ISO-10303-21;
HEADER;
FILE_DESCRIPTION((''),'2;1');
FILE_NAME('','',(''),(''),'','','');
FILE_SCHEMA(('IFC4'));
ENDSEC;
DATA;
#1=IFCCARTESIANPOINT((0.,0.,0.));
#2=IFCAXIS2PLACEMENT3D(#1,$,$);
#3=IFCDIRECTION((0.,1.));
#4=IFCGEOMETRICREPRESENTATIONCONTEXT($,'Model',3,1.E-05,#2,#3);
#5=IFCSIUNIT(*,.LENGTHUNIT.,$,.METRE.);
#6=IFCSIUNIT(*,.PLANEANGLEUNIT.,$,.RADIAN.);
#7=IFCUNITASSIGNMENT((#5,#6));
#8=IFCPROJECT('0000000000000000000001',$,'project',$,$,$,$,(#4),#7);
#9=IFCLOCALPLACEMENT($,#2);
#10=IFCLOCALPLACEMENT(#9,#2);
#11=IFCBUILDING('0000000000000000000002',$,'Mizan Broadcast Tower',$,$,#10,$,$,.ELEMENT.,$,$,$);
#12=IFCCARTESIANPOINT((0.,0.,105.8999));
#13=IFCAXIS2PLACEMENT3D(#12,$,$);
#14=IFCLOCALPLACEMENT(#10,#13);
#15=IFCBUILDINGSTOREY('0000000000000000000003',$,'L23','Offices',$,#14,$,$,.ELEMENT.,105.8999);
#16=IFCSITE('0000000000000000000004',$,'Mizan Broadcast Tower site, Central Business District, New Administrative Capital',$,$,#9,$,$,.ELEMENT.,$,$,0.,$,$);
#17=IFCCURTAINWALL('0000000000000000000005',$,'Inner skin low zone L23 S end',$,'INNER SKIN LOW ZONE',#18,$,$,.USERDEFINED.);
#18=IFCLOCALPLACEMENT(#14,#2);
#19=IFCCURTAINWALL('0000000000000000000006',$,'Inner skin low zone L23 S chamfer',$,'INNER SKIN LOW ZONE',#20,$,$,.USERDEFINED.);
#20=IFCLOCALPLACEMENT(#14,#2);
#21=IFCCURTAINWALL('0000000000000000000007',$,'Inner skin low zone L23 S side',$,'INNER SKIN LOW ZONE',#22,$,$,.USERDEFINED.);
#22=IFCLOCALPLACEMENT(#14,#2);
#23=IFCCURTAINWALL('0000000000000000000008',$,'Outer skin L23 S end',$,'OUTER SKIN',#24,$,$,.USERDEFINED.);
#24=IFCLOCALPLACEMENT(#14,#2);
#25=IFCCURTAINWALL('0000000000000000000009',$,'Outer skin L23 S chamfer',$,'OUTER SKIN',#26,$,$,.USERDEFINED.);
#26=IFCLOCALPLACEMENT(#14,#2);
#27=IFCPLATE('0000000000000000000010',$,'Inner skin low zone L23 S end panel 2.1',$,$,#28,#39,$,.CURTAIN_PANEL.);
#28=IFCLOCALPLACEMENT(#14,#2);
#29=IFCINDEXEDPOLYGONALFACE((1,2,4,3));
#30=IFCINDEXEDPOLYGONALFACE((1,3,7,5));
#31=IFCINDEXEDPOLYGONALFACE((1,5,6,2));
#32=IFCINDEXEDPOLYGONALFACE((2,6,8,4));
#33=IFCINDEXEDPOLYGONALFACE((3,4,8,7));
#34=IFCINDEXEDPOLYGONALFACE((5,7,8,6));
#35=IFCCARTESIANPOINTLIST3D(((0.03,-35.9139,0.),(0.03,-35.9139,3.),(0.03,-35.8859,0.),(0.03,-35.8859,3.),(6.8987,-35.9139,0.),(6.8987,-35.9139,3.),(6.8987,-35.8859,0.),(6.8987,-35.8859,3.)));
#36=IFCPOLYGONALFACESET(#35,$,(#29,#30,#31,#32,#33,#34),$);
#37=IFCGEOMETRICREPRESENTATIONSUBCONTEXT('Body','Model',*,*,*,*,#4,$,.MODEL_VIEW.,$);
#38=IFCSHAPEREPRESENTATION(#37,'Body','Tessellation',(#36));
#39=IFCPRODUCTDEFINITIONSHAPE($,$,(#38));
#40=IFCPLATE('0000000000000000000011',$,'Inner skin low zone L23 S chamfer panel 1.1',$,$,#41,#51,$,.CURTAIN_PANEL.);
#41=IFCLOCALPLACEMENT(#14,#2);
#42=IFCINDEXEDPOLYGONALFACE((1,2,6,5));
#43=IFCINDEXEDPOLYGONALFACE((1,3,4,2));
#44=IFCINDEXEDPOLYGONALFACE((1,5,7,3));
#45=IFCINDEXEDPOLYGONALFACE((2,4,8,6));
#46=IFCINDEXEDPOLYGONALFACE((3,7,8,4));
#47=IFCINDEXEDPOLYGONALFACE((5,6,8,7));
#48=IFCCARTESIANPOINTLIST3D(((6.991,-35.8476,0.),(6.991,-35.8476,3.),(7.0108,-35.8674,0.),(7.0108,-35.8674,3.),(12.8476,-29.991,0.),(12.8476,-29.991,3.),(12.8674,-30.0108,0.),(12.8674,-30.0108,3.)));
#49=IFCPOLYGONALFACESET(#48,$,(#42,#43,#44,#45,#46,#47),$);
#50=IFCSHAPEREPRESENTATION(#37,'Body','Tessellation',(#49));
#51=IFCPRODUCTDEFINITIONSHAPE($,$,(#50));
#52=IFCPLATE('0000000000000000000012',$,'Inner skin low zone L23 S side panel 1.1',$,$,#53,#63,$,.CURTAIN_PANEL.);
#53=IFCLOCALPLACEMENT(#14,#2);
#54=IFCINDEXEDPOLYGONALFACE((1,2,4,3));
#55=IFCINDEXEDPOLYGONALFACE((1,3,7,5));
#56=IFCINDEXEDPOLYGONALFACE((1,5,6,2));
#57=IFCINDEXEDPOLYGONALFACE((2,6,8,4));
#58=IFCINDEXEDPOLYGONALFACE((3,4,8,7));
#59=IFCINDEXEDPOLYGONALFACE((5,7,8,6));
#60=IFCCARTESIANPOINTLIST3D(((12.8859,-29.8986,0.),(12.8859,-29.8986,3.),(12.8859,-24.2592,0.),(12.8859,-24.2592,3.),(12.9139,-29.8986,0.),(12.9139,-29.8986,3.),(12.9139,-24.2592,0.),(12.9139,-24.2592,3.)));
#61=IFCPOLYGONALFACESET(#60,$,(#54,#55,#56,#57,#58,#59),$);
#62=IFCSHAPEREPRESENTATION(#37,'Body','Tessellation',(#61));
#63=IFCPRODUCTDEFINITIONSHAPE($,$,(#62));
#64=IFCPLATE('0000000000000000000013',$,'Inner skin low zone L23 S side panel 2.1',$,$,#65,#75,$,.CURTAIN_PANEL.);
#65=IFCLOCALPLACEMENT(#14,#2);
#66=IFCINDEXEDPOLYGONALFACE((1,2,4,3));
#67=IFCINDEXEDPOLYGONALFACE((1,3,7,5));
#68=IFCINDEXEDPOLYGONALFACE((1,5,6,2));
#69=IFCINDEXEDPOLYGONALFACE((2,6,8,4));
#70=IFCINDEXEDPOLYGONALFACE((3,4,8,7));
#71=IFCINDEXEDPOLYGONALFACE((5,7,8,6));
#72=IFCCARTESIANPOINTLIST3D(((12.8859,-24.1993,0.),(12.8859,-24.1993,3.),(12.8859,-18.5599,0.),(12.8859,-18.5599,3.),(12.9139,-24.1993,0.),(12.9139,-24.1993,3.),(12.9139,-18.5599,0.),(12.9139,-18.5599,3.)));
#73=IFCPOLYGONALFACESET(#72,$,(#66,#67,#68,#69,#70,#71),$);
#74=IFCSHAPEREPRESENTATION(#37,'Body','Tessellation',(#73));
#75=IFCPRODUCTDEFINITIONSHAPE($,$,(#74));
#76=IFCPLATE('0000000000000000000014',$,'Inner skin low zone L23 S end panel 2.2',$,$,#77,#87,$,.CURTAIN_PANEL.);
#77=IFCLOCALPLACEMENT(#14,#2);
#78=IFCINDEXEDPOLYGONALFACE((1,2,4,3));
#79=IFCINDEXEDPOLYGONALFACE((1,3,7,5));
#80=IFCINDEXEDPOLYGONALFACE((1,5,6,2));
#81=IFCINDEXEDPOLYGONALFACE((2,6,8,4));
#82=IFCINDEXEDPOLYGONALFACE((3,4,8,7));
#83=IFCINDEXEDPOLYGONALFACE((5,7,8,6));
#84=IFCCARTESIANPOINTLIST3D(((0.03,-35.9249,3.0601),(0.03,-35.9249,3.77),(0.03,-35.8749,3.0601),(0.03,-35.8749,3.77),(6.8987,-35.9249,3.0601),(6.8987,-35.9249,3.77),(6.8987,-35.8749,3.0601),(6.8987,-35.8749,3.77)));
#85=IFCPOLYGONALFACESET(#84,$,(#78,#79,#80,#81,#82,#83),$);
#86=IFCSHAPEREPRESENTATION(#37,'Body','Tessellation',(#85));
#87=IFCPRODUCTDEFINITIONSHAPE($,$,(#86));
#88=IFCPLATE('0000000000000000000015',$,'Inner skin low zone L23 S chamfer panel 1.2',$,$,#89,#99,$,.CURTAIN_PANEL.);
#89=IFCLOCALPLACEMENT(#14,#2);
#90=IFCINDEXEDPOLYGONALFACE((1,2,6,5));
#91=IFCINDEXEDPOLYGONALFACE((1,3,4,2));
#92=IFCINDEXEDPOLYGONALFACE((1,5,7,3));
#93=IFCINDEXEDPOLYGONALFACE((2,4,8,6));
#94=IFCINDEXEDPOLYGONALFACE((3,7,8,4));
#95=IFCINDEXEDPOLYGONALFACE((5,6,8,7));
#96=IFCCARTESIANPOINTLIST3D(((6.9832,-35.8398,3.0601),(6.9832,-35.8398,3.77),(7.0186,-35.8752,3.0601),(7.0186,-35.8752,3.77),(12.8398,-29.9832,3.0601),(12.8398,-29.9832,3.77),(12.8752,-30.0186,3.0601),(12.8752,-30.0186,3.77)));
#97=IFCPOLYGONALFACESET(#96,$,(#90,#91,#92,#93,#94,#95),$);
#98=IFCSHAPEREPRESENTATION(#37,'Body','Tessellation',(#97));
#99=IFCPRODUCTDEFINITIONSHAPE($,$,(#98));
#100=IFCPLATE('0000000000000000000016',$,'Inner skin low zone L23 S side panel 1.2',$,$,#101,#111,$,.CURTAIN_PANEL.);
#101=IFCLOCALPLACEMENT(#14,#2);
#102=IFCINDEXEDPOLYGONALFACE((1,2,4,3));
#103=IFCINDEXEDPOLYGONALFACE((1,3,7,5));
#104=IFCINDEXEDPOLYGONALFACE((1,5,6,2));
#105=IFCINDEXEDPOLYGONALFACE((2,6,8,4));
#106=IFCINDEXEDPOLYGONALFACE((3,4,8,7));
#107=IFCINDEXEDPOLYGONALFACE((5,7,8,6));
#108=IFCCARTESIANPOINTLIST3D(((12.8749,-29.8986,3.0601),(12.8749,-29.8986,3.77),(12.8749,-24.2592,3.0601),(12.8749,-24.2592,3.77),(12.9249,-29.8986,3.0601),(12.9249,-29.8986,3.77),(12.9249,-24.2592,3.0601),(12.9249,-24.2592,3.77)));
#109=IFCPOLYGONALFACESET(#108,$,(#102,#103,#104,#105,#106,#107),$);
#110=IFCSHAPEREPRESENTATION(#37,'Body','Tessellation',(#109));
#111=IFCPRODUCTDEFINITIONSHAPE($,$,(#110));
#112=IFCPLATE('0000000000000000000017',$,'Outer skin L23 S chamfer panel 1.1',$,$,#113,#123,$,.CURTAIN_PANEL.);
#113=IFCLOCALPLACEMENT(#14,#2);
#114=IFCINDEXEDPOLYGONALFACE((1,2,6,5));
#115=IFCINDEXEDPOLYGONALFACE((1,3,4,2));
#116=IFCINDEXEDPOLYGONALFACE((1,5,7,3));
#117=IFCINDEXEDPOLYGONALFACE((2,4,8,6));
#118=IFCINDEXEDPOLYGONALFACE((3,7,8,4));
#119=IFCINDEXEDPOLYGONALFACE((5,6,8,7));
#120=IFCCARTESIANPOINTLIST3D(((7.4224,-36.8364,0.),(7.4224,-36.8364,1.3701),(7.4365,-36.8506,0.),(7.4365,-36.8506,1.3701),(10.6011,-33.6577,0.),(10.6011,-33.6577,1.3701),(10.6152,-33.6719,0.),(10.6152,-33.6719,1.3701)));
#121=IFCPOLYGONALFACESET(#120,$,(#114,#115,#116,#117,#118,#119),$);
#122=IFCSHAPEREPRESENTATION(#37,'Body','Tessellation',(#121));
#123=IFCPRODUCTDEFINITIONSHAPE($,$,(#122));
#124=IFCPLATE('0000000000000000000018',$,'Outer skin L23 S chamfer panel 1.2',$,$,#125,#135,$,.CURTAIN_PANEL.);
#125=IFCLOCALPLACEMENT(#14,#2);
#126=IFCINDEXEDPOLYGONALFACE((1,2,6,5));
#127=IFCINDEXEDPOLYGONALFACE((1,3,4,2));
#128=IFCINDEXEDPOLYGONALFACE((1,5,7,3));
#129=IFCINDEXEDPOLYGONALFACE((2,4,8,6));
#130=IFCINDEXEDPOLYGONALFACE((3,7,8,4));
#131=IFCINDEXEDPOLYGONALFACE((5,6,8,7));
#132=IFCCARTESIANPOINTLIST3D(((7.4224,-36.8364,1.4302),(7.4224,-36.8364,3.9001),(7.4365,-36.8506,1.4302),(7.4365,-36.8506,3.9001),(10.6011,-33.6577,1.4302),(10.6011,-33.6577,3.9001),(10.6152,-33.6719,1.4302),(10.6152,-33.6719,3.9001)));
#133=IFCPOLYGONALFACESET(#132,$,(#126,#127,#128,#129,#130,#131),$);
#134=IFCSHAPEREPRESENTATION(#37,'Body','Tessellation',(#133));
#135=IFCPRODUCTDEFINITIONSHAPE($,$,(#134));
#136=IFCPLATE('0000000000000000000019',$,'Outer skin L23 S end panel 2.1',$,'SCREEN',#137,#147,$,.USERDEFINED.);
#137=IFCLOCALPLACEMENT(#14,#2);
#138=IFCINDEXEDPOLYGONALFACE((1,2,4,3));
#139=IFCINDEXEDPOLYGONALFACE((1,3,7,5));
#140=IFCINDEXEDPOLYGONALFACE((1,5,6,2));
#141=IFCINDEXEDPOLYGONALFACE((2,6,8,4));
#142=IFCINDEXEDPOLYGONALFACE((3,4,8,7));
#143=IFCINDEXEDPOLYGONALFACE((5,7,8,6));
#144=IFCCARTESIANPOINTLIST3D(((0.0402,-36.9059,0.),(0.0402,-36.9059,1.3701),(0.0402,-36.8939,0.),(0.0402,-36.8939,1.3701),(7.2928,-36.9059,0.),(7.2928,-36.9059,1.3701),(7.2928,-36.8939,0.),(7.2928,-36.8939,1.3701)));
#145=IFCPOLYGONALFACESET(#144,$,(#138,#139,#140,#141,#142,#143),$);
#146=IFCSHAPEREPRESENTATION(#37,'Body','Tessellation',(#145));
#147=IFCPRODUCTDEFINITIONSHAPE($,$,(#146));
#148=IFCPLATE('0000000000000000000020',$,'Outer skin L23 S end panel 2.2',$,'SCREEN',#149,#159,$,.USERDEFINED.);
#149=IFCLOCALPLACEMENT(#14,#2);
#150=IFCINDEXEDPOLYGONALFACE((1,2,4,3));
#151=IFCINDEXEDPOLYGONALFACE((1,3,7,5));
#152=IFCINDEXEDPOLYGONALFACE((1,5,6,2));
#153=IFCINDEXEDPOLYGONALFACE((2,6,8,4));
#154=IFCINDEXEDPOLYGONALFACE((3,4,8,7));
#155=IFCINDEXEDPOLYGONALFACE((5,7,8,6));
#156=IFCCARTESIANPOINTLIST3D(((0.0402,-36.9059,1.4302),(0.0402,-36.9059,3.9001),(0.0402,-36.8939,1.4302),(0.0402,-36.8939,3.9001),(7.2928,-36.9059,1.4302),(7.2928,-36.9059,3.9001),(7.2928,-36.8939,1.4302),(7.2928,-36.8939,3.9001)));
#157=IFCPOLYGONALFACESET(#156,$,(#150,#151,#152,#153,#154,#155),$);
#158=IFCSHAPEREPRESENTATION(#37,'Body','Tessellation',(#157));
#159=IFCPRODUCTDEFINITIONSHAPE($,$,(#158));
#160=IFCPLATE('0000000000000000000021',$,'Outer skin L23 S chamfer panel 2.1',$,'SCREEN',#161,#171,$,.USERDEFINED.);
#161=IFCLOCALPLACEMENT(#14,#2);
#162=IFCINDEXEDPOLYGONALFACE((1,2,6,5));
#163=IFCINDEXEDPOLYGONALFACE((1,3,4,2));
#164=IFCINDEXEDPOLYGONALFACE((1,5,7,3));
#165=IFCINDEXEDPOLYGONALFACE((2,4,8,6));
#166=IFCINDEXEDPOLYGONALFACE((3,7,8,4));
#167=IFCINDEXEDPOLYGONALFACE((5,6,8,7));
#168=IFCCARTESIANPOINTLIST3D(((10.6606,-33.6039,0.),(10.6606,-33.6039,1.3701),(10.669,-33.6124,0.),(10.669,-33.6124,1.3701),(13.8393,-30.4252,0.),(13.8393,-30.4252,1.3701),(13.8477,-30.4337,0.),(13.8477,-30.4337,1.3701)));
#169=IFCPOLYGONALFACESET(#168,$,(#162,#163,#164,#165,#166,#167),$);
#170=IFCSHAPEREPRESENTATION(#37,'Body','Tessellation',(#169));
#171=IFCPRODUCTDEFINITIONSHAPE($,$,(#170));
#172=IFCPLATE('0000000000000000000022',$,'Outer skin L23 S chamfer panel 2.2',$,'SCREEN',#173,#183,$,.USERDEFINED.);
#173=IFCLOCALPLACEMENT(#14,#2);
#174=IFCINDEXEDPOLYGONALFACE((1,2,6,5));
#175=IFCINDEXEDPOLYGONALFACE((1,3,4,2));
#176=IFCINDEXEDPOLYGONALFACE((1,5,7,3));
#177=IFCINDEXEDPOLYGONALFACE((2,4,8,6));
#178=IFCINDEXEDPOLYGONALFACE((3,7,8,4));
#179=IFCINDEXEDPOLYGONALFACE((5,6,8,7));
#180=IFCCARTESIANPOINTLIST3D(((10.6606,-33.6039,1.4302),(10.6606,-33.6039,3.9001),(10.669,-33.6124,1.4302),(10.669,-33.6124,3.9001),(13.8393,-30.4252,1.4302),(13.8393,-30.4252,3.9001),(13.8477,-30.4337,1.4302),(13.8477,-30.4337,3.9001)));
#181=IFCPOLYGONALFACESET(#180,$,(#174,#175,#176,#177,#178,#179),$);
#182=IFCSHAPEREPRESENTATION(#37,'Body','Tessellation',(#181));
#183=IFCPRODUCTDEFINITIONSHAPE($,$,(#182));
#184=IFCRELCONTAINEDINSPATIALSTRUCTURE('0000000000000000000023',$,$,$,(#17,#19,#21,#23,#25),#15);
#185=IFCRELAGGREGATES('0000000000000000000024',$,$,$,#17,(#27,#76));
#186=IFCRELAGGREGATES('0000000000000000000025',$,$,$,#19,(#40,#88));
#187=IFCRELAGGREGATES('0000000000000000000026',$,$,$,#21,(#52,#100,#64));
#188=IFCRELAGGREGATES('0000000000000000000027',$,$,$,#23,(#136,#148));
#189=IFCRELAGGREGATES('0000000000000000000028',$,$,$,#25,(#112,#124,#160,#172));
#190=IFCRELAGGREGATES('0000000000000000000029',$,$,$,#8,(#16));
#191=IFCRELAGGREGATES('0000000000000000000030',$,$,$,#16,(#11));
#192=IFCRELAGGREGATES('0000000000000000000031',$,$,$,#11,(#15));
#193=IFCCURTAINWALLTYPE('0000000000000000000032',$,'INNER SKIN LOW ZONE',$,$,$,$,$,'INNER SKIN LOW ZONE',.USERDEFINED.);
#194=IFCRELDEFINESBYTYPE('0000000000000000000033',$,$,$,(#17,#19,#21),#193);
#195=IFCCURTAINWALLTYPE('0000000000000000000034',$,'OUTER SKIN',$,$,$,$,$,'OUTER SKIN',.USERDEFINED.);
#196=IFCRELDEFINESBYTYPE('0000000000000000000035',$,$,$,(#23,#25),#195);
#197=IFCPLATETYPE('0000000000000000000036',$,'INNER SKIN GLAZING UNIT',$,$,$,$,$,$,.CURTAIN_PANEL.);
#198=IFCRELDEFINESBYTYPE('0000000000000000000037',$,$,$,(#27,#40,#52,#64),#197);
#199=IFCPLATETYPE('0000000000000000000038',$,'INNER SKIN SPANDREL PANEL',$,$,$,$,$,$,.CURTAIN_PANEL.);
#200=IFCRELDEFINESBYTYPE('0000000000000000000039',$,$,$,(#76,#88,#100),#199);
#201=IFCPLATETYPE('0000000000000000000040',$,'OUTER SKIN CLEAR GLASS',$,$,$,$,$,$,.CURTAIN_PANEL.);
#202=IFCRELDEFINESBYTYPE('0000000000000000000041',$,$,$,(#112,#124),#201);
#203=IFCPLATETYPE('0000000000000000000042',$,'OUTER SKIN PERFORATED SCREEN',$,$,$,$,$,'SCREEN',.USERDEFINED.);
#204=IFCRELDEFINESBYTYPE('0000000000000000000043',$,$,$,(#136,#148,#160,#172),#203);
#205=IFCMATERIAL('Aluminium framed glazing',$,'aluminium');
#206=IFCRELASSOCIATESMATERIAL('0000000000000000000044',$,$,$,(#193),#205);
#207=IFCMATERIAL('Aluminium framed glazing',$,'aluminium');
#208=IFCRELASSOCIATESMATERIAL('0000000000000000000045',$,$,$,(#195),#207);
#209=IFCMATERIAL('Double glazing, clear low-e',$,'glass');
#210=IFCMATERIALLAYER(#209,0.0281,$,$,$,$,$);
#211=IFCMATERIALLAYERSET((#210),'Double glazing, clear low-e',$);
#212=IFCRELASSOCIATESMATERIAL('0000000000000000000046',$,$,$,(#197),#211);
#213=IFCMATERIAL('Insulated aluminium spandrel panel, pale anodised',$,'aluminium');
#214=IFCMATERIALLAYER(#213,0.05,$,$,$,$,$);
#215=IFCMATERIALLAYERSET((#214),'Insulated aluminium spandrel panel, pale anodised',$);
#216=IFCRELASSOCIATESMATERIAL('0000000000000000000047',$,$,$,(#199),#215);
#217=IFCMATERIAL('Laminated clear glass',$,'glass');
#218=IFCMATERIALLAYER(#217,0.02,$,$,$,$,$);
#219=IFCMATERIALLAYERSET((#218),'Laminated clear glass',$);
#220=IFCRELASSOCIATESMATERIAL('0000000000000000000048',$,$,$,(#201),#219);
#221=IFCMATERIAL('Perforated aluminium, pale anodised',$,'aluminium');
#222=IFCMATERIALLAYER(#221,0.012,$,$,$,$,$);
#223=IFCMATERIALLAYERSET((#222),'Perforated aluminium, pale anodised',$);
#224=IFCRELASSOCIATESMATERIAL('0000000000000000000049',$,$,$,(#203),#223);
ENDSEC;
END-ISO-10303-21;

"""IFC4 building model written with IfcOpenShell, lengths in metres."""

from ifc_helpers import new_model, si_unit, direction, frame, origin, origin_2d, place, context, subcontext, project, spatial, rectangle, extrude, material, layer, layer_set, type_object, element, aggregate, save


model = new_model("IFC4")

# Units and contexts
model_context = context("Model", 3, precision=1e-05, world=origin(), true_north=direction((0.0, 1.0)))
body_context = subcontext(model_context, "Body", "Model", "MODEL_VIEW")
ifc_project = project(units=[si_unit("LENGTHUNIT", "METRE"), si_unit("PLANEANGLEUNIT", "RADIAN")], contexts=[model_context])

# Site, building, storey
site_placement = place(None, origin())
site = spatial("IfcSite", under=ifc_project, at=site_placement, Name="Mizan Broadcast Tower site, Central Business District, New Administrative Capital", CompositionType="ELEMENT", RefElevation=0.0)
building_placement = place(site_placement, origin())
building = spatial("IfcBuilding", under=site, at=building_placement, Name="Mizan Broadcast Tower", CompositionType="ELEMENT")
storey_placement = place(building_placement, frame((0.0, 0.0, 105.8999)))
storey = spatial("IfcBuildingStorey", under=building, at=storey_placement, Name="L23", Description="Offices", CompositionType="ELEMENT", Elevation=105.8999)

# Curtain wall
ifc_material_1 = material(Name="Aluminium framed glazing", Category="aluminium")
curtain_wall_type_1 = type_object("IfcCurtainWallType", Name="INNER SKIN LOW ZONE", ElementType="INNER SKIN LOW ZONE", PredefinedType="USERDEFINED", material=ifc_material_1)
curtain_wall_1_placement = place(storey_placement, origin())
curtain_wall_1 = element("IfcCurtainWall", 1, at=curtain_wall_1_placement, inside=storey, type_object=curtain_wall_type_1, Name="Inner skin low zone L23 S end", ObjectType="INNER SKIN LOW ZONE", PredefinedType="USERDEFINED")

# Curtain walls
curtain_wall_2_placement = place(storey_placement, origin())
curtain_wall_2 = element("IfcCurtainWall", 2, at=curtain_wall_2_placement, inside=storey, type_object=curtain_wall_type_1, Name="Inner skin low zone L23 S chamfer", ObjectType="INNER SKIN LOW ZONE", PredefinedType="USERDEFINED")
curtain_wall_3_placement = place(storey_placement, origin())
curtain_wall_3 = element("IfcCurtainWall", 3, at=curtain_wall_3_placement, inside=storey, type_object=curtain_wall_type_1, Name="Inner skin low zone L23 S side", ObjectType="INNER SKIN LOW ZONE", PredefinedType="USERDEFINED")

# Curtain wall
ifc_material_2 = material(Name="Aluminium framed glazing", Category="aluminium")
curtain_wall_type_2 = type_object("IfcCurtainWallType", Name="OUTER SKIN", ElementType="OUTER SKIN", PredefinedType="USERDEFINED", material=ifc_material_2)
curtain_wall_4_placement = place(storey_placement, origin())
curtain_wall_4 = element("IfcCurtainWall", 4, at=curtain_wall_4_placement, inside=storey, type_object=curtain_wall_type_2, Name="Outer skin L23 S end", ObjectType="OUTER SKIN", PredefinedType="USERDEFINED")

# Curtain wall
curtain_wall_5_placement = place(storey_placement, origin())
curtain_wall_5 = element("IfcCurtainWall", 5, at=curtain_wall_5_placement, inside=storey, type_object=curtain_wall_type_2, Name="Outer skin L23 S chamfer", ObjectType="OUTER SKIN", PredefinedType="USERDEFINED")

# Plates
ifc_material_3 = material(Name="Double glazing, clear low-e", Category="glass")
ifc_layer_1 = layer(ifc_material_3, 0.0281)
ifc_layer_set_1 = layer_set([ifc_layer_1], Name="Double glazing, clear low-e")
plate_type_1 = type_object("IfcPlateType", Name="INNER SKIN GLAZING UNIT", PredefinedType="CURTAIN_PANEL", material=ifc_layer_set_1)
plate_1_placement = place(storey_placement, frame((3.4644, -35.8999, 0.0), z_axis=(0.0, 0.0, 1.0), x_axis=(1.0, 0.0, 0.0)))
plate_1 = element("IfcPlate", 6, at=plate_1_placement, type_object=plate_type_1, Name="Inner skin low zone L23 S end panel 2.1", PredefinedType="CURTAIN_PANEL", context=body_context, shape_type="SweptSolid", body=[
    extrude(rectangle(XDim=6.8687, YDim=0.0281, at=origin_2d()), origin(), (0.0, 0.0, 1.0), 3.0),
])
plate_2_placement = place(storey_placement, frame((9.9292, -32.9292, 0.0), z_axis=(0.0, 0.0, 1.0), x_axis=(0.707107, 0.707107, 0.0)))
plate_2 = element("IfcPlate", 7, at=plate_2_placement, type_object=plate_type_1, Name="Inner skin low zone L23 S chamfer panel 1.1", PredefinedType="CURTAIN_PANEL", context=body_context, shape_type="SweptSolid", body=[
    extrude(rectangle(XDim=8.2825, YDim=0.0281, at=origin_2d()), origin(), (0.0, 0.0, 1.0), 3.0),
])
plate_3_placement = place(storey_placement, frame((12.8999, -27.0789, 0.0), z_axis=(0.0, 0.0, 1.0), x_axis=(0.0, 1.0, 0.0)))
plate_3 = element("IfcPlate", 8, at=plate_3_placement, type_object=plate_type_1, Name="Inner skin low zone L23 S side panel 1.1", PredefinedType="CURTAIN_PANEL", context=body_context, shape_type="SweptSolid", body=[
    extrude(rectangle(XDim=5.6394, YDim=0.0281, at=origin_2d()), origin(), (0.0, 0.0, 1.0), 3.0),
])
plate_4_placement = place(storey_placement, frame((12.8999, -21.3796, 0.0), z_axis=(0.0, 0.0, 1.0), x_axis=(0.0, 1.0, 0.0)))
plate_4 = element("IfcPlate", 9, at=plate_4_placement, type_object=plate_type_1, Name="Inner skin low zone L23 S side panel 2.1", PredefinedType="CURTAIN_PANEL", context=body_context, shape_type="SweptSolid", body=[
    extrude(rectangle(XDim=5.6394, YDim=0.0281, at=origin_2d()), origin(), (0.0, 0.0, 1.0), 3.0),
])
ifc_material_4 = material(Name="Insulated aluminium spandrel panel, pale anodised", Category="aluminium")
ifc_layer_2 = layer(ifc_material_4, 0.05)
ifc_layer_set_2 = layer_set([ifc_layer_2], Name="Insulated aluminium spandrel panel, pale anodised")
plate_type_2 = type_object("IfcPlateType", Name="INNER SKIN SPANDREL PANEL", PredefinedType="CURTAIN_PANEL", material=ifc_layer_set_2)
plate_5_placement = place(storey_placement, frame((3.4644, -35.8999, 3.0601), z_axis=(0.0, 0.0, 1.0), x_axis=(1.0, 0.0, 0.0)))
plate_5 = element("IfcPlate", 10, at=plate_5_placement, type_object=plate_type_2, Name="Inner skin low zone L23 S end panel 2.2", PredefinedType="CURTAIN_PANEL", context=body_context, shape_type="SweptSolid", body=[
    extrude(rectangle(XDim=6.8687, YDim=0.05, at=origin_2d()), origin(), (0.0, 0.0, 1.0), 0.71),
])
aggregate(curtain_wall_1, [plate_1, plate_5])
plate_6_placement = place(storey_placement, frame((9.9292, -32.9292, 3.0601), z_axis=(0.0, 0.0, 1.0), x_axis=(0.707107, 0.707107, 0.0)))
plate_6 = element("IfcPlate", 11, at=plate_6_placement, type_object=plate_type_2, Name="Inner skin low zone L23 S chamfer panel 1.2", PredefinedType="CURTAIN_PANEL", context=body_context, shape_type="SweptSolid", body=[
    extrude(rectangle(XDim=8.2825, YDim=0.05, at=origin_2d()), origin(), (0.0, 0.0, 1.0), 0.71),
])
aggregate(curtain_wall_2, [plate_2, plate_6])
plate_7_placement = place(storey_placement, frame((12.8999, -27.0789, 3.0601), z_axis=(0.0, 0.0, 1.0), x_axis=(0.0, 1.0, 0.0)))
plate_7 = element("IfcPlate", 12, at=plate_7_placement, type_object=plate_type_2, Name="Inner skin low zone L23 S side panel 1.2", PredefinedType="CURTAIN_PANEL", context=body_context, shape_type="SweptSolid", body=[
    extrude(rectangle(XDim=5.6394, YDim=0.05, at=origin_2d()), origin(), (0.0, 0.0, 1.0), 0.71),
])
aggregate(curtain_wall_3, [plate_3, plate_7, plate_4])
ifc_material_5 = material(Name="Laminated clear glass", Category="glass")
ifc_layer_3 = layer(ifc_material_5, 0.02)
ifc_layer_set_3 = layer_set([ifc_layer_3], Name="Laminated clear glass")
plate_type_3 = type_object("IfcPlateType", Name="OUTER SKIN CLEAR GLASS", PredefinedType="CURTAIN_PANEL", material=ifc_layer_set_3)
plate_8_placement = place(storey_placement, frame((9.0188, -35.2542, 0.0), z_axis=(0.0, 0.0, 1.0), x_axis=(0.707107, 0.707107, 0.0)))
plate_8 = element("IfcPlate", 13, at=plate_8_placement, type_object=plate_type_3, Name="Outer skin L23 S chamfer panel 1.1", PredefinedType="CURTAIN_PANEL", context=body_context, shape_type="SweptSolid", body=[
    extrude(rectangle(XDim=4.4954, YDim=0.02, at=origin_2d()), origin(), (0.0, 0.0, 1.0), 1.3701),
])
plate_9_placement = place(storey_placement, frame((9.0188, -35.2542, 1.4302), z_axis=(0.0, 0.0, 1.0), x_axis=(0.707107, 0.707107, 0.0)))
plate_9 = element("IfcPlate", 14, at=plate_9_placement, type_object=plate_type_3, Name="Outer skin L23 S chamfer panel 1.2", PredefinedType="CURTAIN_PANEL", context=body_context, shape_type="SweptSolid", body=[
    extrude(rectangle(XDim=4.4954, YDim=0.02, at=origin_2d()), origin(), (0.0, 0.0, 1.0), 2.47),
])
ifc_material_6 = material(Name="Perforated aluminium, pale anodised", Category="aluminium")
ifc_layer_4 = layer(ifc_material_6, 0.012)
ifc_layer_set_4 = layer_set([ifc_layer_4], Name="Perforated aluminium, pale anodised")
plate_type_4 = type_object("IfcPlateType", Name="OUTER SKIN PERFORATED SCREEN", ElementType="SCREEN", PredefinedType="USERDEFINED", material=ifc_layer_set_4)
plate_10_placement = place(storey_placement, frame((3.6665, -36.8999, 0.0), z_axis=(0.0, 0.0, 1.0), x_axis=(1.0, 0.0, 0.0)))
plate_10 = element("IfcPlate", 15, at=plate_10_placement, type_object=plate_type_4, Name="Outer skin L23 S end panel 2.1", ObjectType="SCREEN", PredefinedType="USERDEFINED", context=body_context, shape_type="SweptSolid", body=[
    extrude(rectangle(XDim=7.2527, YDim=0.012, at=origin_2d()), origin(), (0.0, 0.0, 1.0), 1.3701),
])
plate_11_placement = place(storey_placement, frame((3.6665, -36.8999, 1.4302), z_axis=(0.0, 0.0, 1.0), x_axis=(1.0, 0.0, 0.0)))
plate_11 = element("IfcPlate", 16, at=plate_11_placement, type_object=plate_type_4, Name="Outer skin L23 S end panel 2.2", ObjectType="SCREEN", PredefinedType="USERDEFINED", context=body_context, shape_type="SweptSolid", body=[
    extrude(rectangle(XDim=7.2527, YDim=0.012, at=origin_2d()), origin(), (0.0, 0.0, 1.0), 2.47),
])
aggregate(curtain_wall_4, [plate_10, plate_11])
plate_12_placement = place(storey_placement, frame((12.2542, -32.0188, 0.0), z_axis=(0.0, 0.0, 1.0), x_axis=(0.707107, 0.707107, 0.0)))
plate_12 = element("IfcPlate", 17, at=plate_12_placement, type_object=plate_type_4, Name="Outer skin L23 S chamfer panel 2.1", ObjectType="SCREEN", PredefinedType="USERDEFINED", context=body_context, shape_type="SweptSolid", body=[
    extrude(rectangle(XDim=4.4954, YDim=0.012, at=origin_2d()), origin(), (0.0, 0.0, 1.0), 1.3701),
])
plate_13_placement = place(storey_placement, frame((12.2542, -32.0188, 1.4302), z_axis=(0.0, 0.0, 1.0), x_axis=(0.707107, 0.707107, 0.0)))
plate_13 = element("IfcPlate", 18, at=plate_13_placement, type_object=plate_type_4, Name="Outer skin L23 S chamfer panel 2.2", ObjectType="SCREEN", PredefinedType="USERDEFINED", context=body_context, shape_type="SweptSolid", body=[
    extrude(rectangle(XDim=4.4954, YDim=0.012, at=origin_2d()), origin(), (0.0, 0.0, 1.0), 2.47),
])
aggregate(curtain_wall_5, [plate_8, plate_9, plate_12, plate_13])

save(model, "model.ifc")
